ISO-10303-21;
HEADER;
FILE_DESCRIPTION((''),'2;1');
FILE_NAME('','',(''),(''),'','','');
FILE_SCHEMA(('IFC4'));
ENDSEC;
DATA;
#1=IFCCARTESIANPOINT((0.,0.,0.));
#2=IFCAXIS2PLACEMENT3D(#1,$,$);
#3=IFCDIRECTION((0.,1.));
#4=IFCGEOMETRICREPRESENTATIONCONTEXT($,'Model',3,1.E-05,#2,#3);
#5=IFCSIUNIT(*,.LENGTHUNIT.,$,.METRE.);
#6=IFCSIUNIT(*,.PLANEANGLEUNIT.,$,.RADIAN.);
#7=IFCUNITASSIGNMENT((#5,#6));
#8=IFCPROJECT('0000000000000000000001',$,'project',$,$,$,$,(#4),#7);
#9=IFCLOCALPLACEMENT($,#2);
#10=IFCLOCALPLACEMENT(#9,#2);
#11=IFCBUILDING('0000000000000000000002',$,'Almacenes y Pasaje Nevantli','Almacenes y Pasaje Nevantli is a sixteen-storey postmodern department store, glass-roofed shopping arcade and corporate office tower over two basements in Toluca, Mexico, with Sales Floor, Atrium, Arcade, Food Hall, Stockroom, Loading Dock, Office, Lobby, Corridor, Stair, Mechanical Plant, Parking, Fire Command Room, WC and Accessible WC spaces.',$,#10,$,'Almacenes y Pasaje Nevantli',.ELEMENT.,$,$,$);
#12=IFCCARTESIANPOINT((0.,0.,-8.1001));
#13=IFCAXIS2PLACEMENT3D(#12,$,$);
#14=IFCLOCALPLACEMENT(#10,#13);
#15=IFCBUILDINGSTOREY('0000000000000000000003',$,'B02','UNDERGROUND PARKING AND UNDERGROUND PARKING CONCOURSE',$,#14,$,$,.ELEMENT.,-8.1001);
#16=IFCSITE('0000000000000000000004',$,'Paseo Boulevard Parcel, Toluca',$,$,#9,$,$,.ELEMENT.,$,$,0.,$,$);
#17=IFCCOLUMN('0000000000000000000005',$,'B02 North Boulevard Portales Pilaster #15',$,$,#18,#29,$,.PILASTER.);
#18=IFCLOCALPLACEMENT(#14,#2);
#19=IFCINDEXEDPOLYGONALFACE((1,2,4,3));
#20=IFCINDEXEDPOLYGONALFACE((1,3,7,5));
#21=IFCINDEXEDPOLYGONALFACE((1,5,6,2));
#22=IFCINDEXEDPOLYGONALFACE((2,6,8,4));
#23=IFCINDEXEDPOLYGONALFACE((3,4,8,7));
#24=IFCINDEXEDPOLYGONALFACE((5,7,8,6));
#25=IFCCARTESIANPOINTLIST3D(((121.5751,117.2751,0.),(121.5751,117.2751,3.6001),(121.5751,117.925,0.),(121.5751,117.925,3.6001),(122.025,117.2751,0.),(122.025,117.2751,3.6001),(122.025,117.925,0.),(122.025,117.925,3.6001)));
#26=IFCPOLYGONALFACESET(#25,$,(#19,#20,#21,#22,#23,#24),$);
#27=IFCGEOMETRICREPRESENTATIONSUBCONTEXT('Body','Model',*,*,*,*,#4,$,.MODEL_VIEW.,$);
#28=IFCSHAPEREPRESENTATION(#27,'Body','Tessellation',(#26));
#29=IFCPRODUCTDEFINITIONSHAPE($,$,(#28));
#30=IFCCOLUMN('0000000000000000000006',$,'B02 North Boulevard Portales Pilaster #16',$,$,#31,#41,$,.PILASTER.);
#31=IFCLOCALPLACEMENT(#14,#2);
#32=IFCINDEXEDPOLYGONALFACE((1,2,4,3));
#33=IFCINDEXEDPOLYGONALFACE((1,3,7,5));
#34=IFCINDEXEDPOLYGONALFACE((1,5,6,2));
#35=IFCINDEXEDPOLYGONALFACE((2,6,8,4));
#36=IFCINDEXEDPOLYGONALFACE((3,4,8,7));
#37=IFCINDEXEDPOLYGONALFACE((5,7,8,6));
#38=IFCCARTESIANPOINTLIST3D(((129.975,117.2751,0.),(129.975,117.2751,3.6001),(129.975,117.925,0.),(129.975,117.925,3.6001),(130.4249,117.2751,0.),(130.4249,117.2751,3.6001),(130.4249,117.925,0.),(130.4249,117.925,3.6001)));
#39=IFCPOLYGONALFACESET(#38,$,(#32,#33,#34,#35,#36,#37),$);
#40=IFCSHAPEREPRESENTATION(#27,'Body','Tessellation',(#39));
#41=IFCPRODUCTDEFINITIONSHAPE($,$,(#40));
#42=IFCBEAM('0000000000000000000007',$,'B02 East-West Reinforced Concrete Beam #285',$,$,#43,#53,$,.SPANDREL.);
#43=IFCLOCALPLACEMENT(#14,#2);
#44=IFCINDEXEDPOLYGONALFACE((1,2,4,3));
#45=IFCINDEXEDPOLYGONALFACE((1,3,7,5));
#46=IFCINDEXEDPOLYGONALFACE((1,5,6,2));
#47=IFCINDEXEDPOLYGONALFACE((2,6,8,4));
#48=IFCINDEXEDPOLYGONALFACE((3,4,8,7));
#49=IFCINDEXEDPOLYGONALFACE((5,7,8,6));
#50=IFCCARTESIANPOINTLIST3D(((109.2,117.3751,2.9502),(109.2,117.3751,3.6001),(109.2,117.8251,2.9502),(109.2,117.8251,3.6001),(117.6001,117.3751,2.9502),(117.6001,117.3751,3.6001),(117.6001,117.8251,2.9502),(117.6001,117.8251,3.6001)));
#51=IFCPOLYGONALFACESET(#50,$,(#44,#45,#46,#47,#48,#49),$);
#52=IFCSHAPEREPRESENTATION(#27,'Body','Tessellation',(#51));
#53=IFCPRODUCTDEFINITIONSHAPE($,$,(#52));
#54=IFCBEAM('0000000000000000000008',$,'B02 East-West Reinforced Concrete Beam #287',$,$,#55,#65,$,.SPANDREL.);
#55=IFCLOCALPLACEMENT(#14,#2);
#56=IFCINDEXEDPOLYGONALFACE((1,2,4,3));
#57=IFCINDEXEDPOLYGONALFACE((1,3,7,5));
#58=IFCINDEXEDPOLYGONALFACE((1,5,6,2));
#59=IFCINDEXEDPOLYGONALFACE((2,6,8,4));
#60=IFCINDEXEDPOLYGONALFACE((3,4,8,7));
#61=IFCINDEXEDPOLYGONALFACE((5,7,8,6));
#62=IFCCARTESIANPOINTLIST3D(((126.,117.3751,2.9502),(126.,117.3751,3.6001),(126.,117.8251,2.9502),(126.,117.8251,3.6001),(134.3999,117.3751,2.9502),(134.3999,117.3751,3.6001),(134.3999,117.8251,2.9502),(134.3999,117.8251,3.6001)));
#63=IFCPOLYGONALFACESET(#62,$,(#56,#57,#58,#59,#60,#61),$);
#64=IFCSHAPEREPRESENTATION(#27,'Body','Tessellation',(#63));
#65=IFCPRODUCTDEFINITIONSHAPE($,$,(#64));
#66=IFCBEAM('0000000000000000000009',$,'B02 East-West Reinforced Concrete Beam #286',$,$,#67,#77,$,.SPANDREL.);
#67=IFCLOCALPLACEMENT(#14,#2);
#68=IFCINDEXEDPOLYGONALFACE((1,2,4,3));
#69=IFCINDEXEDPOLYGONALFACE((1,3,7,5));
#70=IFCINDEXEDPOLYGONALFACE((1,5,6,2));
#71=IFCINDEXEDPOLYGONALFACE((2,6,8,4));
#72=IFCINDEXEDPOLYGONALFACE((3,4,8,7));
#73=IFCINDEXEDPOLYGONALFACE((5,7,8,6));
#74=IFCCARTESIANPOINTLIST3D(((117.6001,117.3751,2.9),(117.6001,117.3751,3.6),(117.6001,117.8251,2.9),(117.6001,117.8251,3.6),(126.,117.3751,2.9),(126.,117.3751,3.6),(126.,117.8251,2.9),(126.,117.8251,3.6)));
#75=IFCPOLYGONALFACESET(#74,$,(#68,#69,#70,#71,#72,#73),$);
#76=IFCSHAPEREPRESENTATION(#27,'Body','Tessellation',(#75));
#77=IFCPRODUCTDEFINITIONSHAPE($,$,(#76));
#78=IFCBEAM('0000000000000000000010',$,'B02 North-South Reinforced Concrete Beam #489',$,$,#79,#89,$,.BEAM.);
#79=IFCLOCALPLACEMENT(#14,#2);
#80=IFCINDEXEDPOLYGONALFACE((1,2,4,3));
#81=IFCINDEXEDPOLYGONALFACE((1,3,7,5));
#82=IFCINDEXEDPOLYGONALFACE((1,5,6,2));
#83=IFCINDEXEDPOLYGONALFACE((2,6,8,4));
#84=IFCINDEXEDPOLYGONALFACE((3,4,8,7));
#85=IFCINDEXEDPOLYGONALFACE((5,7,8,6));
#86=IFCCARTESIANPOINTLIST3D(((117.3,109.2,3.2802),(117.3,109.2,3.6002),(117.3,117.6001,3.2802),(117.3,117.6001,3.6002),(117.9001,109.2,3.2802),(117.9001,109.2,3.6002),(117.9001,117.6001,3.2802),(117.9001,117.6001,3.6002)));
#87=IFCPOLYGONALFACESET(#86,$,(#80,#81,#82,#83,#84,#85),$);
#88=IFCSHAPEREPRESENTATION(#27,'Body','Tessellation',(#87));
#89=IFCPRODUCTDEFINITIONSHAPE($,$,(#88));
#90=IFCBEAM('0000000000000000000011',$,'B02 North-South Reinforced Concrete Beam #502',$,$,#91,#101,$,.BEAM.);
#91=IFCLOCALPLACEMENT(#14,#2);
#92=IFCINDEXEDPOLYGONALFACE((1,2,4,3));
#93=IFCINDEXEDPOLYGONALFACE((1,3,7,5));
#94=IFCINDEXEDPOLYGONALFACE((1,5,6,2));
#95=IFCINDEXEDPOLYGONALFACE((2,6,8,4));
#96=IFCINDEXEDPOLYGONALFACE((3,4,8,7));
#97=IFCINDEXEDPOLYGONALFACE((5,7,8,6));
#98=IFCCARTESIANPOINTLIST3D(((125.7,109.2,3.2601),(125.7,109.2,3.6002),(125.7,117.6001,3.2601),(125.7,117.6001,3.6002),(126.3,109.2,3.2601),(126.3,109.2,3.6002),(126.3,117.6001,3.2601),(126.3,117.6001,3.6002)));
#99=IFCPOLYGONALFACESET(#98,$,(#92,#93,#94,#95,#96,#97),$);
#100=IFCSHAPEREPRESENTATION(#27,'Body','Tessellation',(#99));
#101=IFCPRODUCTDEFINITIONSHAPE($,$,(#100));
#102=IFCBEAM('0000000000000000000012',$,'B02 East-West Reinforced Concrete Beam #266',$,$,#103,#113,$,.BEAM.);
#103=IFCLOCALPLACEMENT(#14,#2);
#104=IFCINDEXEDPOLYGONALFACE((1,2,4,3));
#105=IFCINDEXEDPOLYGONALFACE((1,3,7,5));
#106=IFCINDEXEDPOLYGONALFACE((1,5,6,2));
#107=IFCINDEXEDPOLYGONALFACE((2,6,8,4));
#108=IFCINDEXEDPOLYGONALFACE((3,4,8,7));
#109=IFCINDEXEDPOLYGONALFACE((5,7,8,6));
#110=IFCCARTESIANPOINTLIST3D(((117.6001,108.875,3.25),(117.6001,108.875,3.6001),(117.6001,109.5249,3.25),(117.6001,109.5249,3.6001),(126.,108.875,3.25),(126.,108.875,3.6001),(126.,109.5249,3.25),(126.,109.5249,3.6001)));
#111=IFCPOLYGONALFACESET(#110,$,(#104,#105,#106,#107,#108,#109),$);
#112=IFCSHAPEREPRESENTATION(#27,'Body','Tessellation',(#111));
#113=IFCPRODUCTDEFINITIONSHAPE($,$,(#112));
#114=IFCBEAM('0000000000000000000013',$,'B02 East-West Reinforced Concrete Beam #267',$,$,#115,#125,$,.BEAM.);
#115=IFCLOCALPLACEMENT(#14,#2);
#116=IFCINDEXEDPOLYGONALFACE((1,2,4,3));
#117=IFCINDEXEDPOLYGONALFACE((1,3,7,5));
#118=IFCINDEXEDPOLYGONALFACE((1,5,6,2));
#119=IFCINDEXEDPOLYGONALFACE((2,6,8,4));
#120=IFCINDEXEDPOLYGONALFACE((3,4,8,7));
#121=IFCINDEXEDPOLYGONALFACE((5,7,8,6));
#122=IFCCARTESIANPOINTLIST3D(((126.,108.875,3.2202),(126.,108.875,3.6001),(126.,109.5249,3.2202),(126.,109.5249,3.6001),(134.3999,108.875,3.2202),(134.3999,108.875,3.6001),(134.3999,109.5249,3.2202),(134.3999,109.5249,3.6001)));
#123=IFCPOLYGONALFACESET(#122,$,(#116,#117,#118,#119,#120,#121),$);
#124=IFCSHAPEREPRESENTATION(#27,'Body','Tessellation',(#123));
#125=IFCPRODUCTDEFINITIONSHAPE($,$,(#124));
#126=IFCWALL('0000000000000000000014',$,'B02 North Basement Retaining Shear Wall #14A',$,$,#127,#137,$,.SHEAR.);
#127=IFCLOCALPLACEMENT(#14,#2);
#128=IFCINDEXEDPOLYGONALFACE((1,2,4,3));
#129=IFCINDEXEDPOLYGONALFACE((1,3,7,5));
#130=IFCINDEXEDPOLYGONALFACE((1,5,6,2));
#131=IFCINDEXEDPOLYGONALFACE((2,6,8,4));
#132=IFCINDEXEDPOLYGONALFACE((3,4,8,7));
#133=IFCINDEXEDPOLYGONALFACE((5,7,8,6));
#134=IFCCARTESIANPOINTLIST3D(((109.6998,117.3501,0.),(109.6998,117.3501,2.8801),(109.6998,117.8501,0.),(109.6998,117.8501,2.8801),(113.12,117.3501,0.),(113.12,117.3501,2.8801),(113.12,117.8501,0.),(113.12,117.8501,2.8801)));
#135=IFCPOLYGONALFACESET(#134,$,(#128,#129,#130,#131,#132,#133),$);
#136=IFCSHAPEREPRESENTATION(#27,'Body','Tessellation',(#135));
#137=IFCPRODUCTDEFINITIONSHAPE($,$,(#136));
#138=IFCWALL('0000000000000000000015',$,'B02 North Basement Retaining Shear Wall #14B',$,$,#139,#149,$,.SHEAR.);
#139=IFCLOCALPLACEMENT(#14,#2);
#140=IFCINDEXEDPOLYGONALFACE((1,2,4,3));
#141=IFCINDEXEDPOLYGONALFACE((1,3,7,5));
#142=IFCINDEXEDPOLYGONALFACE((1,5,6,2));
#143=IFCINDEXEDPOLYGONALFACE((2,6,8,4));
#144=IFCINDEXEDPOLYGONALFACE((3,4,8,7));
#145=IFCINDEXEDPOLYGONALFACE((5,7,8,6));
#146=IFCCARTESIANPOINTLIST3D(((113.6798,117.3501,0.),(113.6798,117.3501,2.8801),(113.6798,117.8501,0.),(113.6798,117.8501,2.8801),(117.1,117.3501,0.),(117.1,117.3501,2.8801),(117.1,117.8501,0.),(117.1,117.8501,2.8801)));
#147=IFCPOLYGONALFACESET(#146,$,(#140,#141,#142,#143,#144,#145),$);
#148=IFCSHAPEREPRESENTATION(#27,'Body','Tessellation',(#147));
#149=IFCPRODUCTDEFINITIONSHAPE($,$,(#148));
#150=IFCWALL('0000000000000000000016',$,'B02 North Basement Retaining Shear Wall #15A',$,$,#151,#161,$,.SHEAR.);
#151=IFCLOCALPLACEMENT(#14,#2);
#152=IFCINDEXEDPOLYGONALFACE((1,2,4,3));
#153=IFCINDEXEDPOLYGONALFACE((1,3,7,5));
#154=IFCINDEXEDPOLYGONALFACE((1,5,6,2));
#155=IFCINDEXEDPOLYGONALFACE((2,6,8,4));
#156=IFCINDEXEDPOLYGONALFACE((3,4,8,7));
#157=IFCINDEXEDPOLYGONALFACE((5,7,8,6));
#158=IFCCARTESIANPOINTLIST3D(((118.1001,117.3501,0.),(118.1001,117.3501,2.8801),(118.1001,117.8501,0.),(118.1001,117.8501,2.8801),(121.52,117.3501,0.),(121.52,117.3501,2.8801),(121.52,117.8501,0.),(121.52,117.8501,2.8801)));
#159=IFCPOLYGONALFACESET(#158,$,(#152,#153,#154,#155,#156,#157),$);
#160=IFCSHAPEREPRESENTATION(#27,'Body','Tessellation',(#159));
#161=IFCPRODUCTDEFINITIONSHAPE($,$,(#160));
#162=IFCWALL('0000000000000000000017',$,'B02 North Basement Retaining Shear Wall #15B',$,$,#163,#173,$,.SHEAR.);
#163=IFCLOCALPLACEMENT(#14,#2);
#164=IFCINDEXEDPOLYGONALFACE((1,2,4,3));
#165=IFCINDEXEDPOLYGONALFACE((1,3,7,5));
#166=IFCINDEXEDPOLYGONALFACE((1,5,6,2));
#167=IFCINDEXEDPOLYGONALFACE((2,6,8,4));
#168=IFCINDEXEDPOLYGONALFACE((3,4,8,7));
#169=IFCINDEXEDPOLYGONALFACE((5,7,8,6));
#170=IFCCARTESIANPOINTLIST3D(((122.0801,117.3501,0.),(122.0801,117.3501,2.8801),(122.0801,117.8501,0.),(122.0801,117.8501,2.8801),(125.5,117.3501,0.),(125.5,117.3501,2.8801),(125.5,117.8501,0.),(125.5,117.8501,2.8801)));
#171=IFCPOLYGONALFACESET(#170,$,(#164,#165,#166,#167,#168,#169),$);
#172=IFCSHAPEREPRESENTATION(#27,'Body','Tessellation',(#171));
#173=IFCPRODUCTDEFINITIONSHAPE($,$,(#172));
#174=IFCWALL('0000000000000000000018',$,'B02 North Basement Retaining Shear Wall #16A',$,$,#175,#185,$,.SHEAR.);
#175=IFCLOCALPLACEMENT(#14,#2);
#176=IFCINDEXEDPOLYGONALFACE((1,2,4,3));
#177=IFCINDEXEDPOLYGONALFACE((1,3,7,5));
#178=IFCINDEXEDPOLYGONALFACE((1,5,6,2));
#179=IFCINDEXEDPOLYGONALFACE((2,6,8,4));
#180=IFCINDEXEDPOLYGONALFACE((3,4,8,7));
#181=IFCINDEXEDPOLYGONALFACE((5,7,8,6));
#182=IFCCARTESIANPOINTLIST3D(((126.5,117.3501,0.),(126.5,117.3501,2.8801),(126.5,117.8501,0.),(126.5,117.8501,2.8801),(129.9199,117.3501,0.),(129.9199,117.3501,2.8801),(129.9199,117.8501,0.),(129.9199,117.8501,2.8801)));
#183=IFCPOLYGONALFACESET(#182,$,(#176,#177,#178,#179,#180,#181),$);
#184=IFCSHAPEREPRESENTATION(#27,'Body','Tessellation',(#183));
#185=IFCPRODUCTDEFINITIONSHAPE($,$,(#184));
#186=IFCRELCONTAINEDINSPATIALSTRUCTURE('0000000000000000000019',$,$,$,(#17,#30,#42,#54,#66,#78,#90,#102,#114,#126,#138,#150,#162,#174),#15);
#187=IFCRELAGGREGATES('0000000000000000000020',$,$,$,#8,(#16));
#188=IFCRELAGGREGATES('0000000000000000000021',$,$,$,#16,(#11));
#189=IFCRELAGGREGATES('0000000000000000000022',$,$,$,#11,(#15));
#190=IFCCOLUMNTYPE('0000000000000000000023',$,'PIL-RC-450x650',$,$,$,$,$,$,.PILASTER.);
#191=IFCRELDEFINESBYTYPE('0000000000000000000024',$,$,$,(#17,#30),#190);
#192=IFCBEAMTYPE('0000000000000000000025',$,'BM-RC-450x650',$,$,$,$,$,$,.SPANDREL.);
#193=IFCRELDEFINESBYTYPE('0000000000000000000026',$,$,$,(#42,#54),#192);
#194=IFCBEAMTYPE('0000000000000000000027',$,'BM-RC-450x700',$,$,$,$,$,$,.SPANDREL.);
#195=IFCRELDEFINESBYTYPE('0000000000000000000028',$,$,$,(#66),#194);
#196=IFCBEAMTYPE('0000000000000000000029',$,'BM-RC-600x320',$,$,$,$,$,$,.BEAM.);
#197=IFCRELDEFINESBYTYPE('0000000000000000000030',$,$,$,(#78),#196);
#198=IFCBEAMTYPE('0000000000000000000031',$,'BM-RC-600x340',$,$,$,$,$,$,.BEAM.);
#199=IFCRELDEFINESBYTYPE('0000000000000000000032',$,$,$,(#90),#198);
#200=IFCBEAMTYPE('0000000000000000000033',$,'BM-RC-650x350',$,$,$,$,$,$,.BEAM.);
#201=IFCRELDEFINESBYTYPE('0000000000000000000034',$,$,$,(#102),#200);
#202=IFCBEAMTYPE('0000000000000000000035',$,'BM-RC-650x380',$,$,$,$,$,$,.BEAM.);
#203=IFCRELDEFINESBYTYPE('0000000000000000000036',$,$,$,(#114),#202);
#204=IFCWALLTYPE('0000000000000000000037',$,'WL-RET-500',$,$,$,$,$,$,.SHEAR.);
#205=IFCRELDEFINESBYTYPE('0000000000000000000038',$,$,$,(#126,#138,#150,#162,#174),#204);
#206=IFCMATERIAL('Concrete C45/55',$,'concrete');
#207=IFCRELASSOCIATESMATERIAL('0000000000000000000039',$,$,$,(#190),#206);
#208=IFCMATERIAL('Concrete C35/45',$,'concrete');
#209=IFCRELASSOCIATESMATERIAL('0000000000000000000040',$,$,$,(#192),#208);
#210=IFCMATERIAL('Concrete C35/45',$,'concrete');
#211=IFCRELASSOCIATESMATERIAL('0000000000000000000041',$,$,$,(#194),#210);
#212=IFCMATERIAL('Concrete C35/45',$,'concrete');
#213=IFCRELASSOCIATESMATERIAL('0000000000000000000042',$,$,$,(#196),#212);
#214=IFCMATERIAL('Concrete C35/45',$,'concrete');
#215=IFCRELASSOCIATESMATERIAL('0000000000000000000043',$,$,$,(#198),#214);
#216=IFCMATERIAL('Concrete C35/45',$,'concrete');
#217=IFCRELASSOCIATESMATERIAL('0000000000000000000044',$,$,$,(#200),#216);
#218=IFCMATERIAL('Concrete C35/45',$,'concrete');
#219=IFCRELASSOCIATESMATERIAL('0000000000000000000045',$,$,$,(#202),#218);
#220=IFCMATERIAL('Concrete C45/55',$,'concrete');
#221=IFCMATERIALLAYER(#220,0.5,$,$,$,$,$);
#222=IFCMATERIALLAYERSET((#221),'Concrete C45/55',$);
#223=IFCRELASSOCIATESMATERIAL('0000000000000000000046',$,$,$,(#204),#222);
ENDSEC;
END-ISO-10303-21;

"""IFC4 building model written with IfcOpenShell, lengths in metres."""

from ifc_helpers import new_model, si_unit, direction, frame, frame_2d, origin, origin_2d, place, context, subcontext, project, spatial, rectangle, extrude, material, layer, layer_set, material_profile, profile_set, type_object, element, save


model = new_model("IFC4")

# Units and contexts
model_context = context("Model", 3, precision=1e-05, world=origin(), true_north=direction((0.0, 1.0)))
body_context = subcontext(model_context, "Body", "Model", "MODEL_VIEW")
ifc_project = project(units=[si_unit("LENGTHUNIT", "METRE"), si_unit("PLANEANGLEUNIT", "RADIAN")], contexts=[model_context])

# Site, building, storey
site_placement = place(None, origin())
site = spatial("IfcSite", under=ifc_project, at=site_placement, Name="Paseo Boulevard Parcel, Toluca", CompositionType="ELEMENT", RefElevation=0.0)
building_placement = place(site_placement, origin())
building = spatial("IfcBuilding", under=site, at=building_placement, Name="Almacenes y Pasaje Nevantli", Description="Almacenes y Pasaje Nevantli is a sixteen-storey postmodern department store, glass-roofed shopping arcade and corporate office tower over two basements in Toluca, Mexico, with Sales Floor, Atrium, Arcade, Food Hall, Stockroom, Loading Dock, Office, Lobby, Corridor, Stair, Mechanical Plant, Parking, Fire Command Room, WC and Accessible WC spaces.", LongName="Almacenes y Pasaje Nevantli", CompositionType="ELEMENT")
storey_placement = place(building_placement, frame((0.0, 0.0, -8.1001)))
storey = spatial("IfcBuildingStorey", under=building, at=storey_placement, Name="B02", Description="UNDERGROUND PARKING AND UNDERGROUND PARKING CONCOURSE", CompositionType="ELEMENT", Elevation=-8.1001)

# Columns
ifc_material_1 = material(Name="Concrete C45/55", Category="concrete")
ifc_material_profile_1 = material_profile(ifc_material_1, rectangle(XDim=0.45, YDim=0.6499, at=origin_2d()), Name="RC-PIL-450x650")
ifc_profile_set_1 = profile_set([ifc_material_profile_1], Name="Concrete C45/55")
column_type_1 = type_object("IfcColumnType", Name="PIL-RC-450x650", PredefinedType="PILASTER", material=ifc_profile_set_1)
for number, where, z_axis, x_axis, name in (
    (1, (121.8, 117.6001, 0.0), (0.0, 0.0, 1.0), (1.0, 0.0, 0.0), "B02 North Boulevard Portales Pilaster #15"),
    (2, (130.2, 117.6001, 0.0), (0.0, 0.0, 1.0), (1.0, 0.0, 0.0), "B02 North Boulevard Portales Pilaster #16"),
):
    element("IfcColumn", number, at=place(storey_placement, frame(where, z_axis=z_axis, x_axis=x_axis)), inside=storey, type_object=column_type_1, Name=name, PredefinedType="PILASTER", context=body_context, shape_type="SweptSolid", body=[
        extrude(rectangle(XDim=0.45, YDim=0.6499, at=origin_2d()), origin(), (0.0, 0.0, 1.0), 3.6001),
    ])

# Beams
ifc_material_2 = material(Name="Concrete C35/45", Category="concrete")
ifc_material_profile_2 = material_profile(ifc_material_2, rectangle(XDim=0.45, YDim=0.6499, at=origin_2d()), Name="RC-BM-450x650")
ifc_profile_set_2 = profile_set([ifc_material_profile_2], Name="Concrete C35/45")
beam_type_1 = type_object("IfcBeamType", Name="BM-RC-450x650", PredefinedType="SPANDREL", material=ifc_profile_set_2)
beam_1_placement = place(storey_placement, frame((109.2, 117.6001, 3.2751), z_axis=(1.0, 0.0, 0.0), x_axis=(0.0, 1.0, 0.0)))
element("IfcBeam", 3, at=beam_1_placement, inside=storey, type_object=beam_type_1, Name="B02 East-West Reinforced Concrete Beam #285", PredefinedType="SPANDREL", context=body_context, shape_type="SweptSolid", body=[
    extrude(rectangle(XDim=0.45, YDim=0.6499, at=origin_2d()), origin(), (0.0, 0.0, 1.0), 8.4001),
])
beam_2_placement = place(storey_placement, frame((126.0, 117.6001, 3.2751), z_axis=(1.0, 0.0, 0.0), x_axis=(0.0, 1.0, 0.0)))
element("IfcBeam", 4, at=beam_2_placement, inside=storey, type_object=beam_type_1, Name="B02 East-West Reinforced Concrete Beam #287", PredefinedType="SPANDREL", context=body_context, shape_type="SweptSolid", body=[
    extrude(rectangle(XDim=0.45, YDim=0.6499, at=origin_2d()), origin(), (0.0, 0.0, 1.0), 8.3999),
])
ifc_material_3 = material(Name="Concrete C35/45", Category="concrete")
ifc_material_profile_3 = material_profile(ifc_material_3, rectangle(XDim=0.45, YDim=0.7, at=origin_2d()), Name="RC-BM-450x700")
ifc_profile_set_3 = profile_set([ifc_material_profile_3], Name="Concrete C35/45")
beam_type_2 = type_object("IfcBeamType", Name="BM-RC-450x700", PredefinedType="SPANDREL", material=ifc_profile_set_3)
beam_3_placement = place(storey_placement, frame((117.6001, 117.6001, 3.25), z_axis=(1.0, 0.0, 0.0), x_axis=(0.0, 1.0, 0.0)))
element("IfcBeam", 5, at=beam_3_placement, inside=storey, type_object=beam_type_2, Name="B02 East-West Reinforced Concrete Beam #286", PredefinedType="SPANDREL", context=body_context, shape_type="SweptSolid", body=[
    extrude(rectangle(XDim=0.45, YDim=0.7, at=origin_2d()), origin(), (0.0, 0.0, 1.0), 8.3999),
])
ifc_material_4 = material(Name="Concrete C35/45", Category="concrete")
ifc_material_profile_4 = material_profile(ifc_material_4, rectangle(XDim=0.6001, YDim=0.3201, at=origin_2d()), Name="RC-BM-600x320")
ifc_profile_set_4 = profile_set([ifc_material_profile_4], Name="Concrete C35/45")
beam_type_3 = type_object("IfcBeamType", Name="BM-RC-600x320", PredefinedType="BEAM", material=ifc_profile_set_4)
beam_4_placement = place(storey_placement, frame((117.6001, 109.2, 3.4402), z_axis=(0.0, 1.0, 0.0), x_axis=(-1.0, 0.0, 0.0)))
element("IfcBeam", 6, at=beam_4_placement, inside=storey, type_object=beam_type_3, Name="B02 North-South Reinforced Concrete Beam #489", PredefinedType="BEAM", context=body_context, shape_type="SweptSolid", body=[
    extrude(rectangle(XDim=0.6001, YDim=0.3201, at=origin_2d()), origin(), (0.0, 0.0, 1.0), 8.4001),
])
ifc_material_5 = material(Name="Concrete C35/45", Category="concrete")
ifc_material_profile_5 = material_profile(ifc_material_5, rectangle(XDim=0.6001, YDim=0.3401, at=origin_2d()), Name="RC-BM-600x340")
ifc_profile_set_5 = profile_set([ifc_material_profile_5], Name="Concrete C35/45")
beam_type_4 = type_object("IfcBeamType", Name="BM-RC-600x340", PredefinedType="BEAM", material=ifc_profile_set_5)
beam_5_placement = place(storey_placement, frame((126.0, 109.2, 3.4302), z_axis=(0.0, 1.0, 0.0), x_axis=(-1.0, 0.0, 0.0)))
element("IfcBeam", 7, at=beam_5_placement, inside=storey, type_object=beam_type_4, Name="B02 North-South Reinforced Concrete Beam #502", PredefinedType="BEAM", context=body_context, shape_type="SweptSolid", body=[
    extrude(rectangle(XDim=0.6001, YDim=0.3401, at=origin_2d()), origin(), (0.0, 0.0, 1.0), 8.4001),
])
ifc_material_6 = material(Name="Concrete C35/45", Category="concrete")
ifc_material_profile_6 = material_profile(ifc_material_6, rectangle(XDim=0.6499, YDim=0.3501, at=origin_2d()), Name="RC-BM-650x350")
ifc_profile_set_6 = profile_set([ifc_material_profile_6], Name="Concrete C35/45")
beam_type_5 = type_object("IfcBeamType", Name="BM-RC-650x350", PredefinedType="BEAM", material=ifc_profile_set_6)
beam_6_placement = place(storey_placement, frame((117.6001, 109.2, 3.425), z_axis=(1.0, 0.0, 0.0), x_axis=(0.0, 1.0, 0.0)))
element("IfcBeam", 8, at=beam_6_placement, inside=storey, type_object=beam_type_5, Name="B02 East-West Reinforced Concrete Beam #266", PredefinedType="BEAM", context=body_context, shape_type="SweptSolid", body=[
    extrude(rectangle(XDim=0.6499, YDim=0.3501, at=origin_2d()), origin(), (0.0, 0.0, 1.0), 8.3999),
])
ifc_material_7 = material(Name="Concrete C35/45", Category="concrete")
ifc_material_profile_7 = material_profile(ifc_material_7, rectangle(XDim=0.6499, YDim=0.3799, at=origin_2d()), Name="RC-BM-650x380")
ifc_profile_set_7 = profile_set([ifc_material_profile_7], Name="Concrete C35/45")
beam_type_6 = type_object("IfcBeamType", Name="BM-RC-650x380", PredefinedType="BEAM", material=ifc_profile_set_7)
beam_7_placement = place(storey_placement, frame((126.0, 109.2, 3.4102), z_axis=(1.0, 0.0, 0.0), x_axis=(0.0, 1.0, 0.0)))
element("IfcBeam", 9, at=beam_7_placement, inside=storey, type_object=beam_type_6, Name="B02 East-West Reinforced Concrete Beam #267", PredefinedType="BEAM", context=body_context, shape_type="SweptSolid", body=[
    extrude(rectangle(XDim=0.6499, YDim=0.3799, at=origin_2d()), origin(), (0.0, 0.0, 1.0), 8.3999),
])

# Walls
ifc_material_8 = material(Name="Concrete C45/55", Category="concrete")
ifc_layer_1 = layer(ifc_material_8, 0.5)
ifc_layer_set_1 = layer_set([ifc_layer_1], Name="Concrete C45/55")
wall_type = type_object("IfcWallType", Name="WL-RET-500", PredefinedType="SHEAR", material=ifc_layer_set_1)
for number, where, z_axis, x_axis, name in (
    (10, (109.7, 117.6001, 0.0), (0.0, 0.0, 1.0), (1.0, 0.0, 0.0), "B02 North Basement Retaining Shear Wall #14A"),
    (11, (113.6799, 117.6001, 0.0), (0.0, 0.0, 1.0), (1.0, 0.0, 0.0), "B02 North Basement Retaining Shear Wall #14B"),
):
    element("IfcWall", number, at=place(storey_placement, frame(where, z_axis=z_axis, x_axis=x_axis)), inside=storey, type_object=wall_type, Name=name, PredefinedType="SHEAR", context=body_context, shape_type="SweptSolid", body=[
        extrude(rectangle(XDim=3.4202, YDim=0.5, at=frame_2d((1.71, 0.0))), origin(), (0.0, 0.0, 1.0), 2.8801),
    ])
for number, where, z_axis, x_axis, name in (
    (12, (118.1001, 117.6001, 0.0), (0.0, 0.0, 1.0), (1.0, 0.0, 0.0), "B02 North Basement Retaining Shear Wall #15A"),
    (13, (122.0801, 117.6001, 0.0), (0.0, 0.0, 1.0), (1.0, 0.0, 0.0), "B02 North Basement Retaining Shear Wall #15B"),
    (14, (126.5, 117.6001, 0.0), (0.0, 0.0, 1.0), (1.0, 0.0, 0.0), "B02 North Basement Retaining Shear Wall #16A"),
):
    element("IfcWall", number, at=place(storey_placement, frame(where, z_axis=z_axis, x_axis=x_axis)), inside=storey, type_object=wall_type, Name=name, PredefinedType="SHEAR", context=body_context, shape_type="SweptSolid", body=[
        extrude(rectangle(XDim=3.4199, YDim=0.5, at=frame_2d((1.71, 0.0))), origin(), (0.0, 0.0, 1.0), 2.8801),
    ])

save(model, "model.ifc")
